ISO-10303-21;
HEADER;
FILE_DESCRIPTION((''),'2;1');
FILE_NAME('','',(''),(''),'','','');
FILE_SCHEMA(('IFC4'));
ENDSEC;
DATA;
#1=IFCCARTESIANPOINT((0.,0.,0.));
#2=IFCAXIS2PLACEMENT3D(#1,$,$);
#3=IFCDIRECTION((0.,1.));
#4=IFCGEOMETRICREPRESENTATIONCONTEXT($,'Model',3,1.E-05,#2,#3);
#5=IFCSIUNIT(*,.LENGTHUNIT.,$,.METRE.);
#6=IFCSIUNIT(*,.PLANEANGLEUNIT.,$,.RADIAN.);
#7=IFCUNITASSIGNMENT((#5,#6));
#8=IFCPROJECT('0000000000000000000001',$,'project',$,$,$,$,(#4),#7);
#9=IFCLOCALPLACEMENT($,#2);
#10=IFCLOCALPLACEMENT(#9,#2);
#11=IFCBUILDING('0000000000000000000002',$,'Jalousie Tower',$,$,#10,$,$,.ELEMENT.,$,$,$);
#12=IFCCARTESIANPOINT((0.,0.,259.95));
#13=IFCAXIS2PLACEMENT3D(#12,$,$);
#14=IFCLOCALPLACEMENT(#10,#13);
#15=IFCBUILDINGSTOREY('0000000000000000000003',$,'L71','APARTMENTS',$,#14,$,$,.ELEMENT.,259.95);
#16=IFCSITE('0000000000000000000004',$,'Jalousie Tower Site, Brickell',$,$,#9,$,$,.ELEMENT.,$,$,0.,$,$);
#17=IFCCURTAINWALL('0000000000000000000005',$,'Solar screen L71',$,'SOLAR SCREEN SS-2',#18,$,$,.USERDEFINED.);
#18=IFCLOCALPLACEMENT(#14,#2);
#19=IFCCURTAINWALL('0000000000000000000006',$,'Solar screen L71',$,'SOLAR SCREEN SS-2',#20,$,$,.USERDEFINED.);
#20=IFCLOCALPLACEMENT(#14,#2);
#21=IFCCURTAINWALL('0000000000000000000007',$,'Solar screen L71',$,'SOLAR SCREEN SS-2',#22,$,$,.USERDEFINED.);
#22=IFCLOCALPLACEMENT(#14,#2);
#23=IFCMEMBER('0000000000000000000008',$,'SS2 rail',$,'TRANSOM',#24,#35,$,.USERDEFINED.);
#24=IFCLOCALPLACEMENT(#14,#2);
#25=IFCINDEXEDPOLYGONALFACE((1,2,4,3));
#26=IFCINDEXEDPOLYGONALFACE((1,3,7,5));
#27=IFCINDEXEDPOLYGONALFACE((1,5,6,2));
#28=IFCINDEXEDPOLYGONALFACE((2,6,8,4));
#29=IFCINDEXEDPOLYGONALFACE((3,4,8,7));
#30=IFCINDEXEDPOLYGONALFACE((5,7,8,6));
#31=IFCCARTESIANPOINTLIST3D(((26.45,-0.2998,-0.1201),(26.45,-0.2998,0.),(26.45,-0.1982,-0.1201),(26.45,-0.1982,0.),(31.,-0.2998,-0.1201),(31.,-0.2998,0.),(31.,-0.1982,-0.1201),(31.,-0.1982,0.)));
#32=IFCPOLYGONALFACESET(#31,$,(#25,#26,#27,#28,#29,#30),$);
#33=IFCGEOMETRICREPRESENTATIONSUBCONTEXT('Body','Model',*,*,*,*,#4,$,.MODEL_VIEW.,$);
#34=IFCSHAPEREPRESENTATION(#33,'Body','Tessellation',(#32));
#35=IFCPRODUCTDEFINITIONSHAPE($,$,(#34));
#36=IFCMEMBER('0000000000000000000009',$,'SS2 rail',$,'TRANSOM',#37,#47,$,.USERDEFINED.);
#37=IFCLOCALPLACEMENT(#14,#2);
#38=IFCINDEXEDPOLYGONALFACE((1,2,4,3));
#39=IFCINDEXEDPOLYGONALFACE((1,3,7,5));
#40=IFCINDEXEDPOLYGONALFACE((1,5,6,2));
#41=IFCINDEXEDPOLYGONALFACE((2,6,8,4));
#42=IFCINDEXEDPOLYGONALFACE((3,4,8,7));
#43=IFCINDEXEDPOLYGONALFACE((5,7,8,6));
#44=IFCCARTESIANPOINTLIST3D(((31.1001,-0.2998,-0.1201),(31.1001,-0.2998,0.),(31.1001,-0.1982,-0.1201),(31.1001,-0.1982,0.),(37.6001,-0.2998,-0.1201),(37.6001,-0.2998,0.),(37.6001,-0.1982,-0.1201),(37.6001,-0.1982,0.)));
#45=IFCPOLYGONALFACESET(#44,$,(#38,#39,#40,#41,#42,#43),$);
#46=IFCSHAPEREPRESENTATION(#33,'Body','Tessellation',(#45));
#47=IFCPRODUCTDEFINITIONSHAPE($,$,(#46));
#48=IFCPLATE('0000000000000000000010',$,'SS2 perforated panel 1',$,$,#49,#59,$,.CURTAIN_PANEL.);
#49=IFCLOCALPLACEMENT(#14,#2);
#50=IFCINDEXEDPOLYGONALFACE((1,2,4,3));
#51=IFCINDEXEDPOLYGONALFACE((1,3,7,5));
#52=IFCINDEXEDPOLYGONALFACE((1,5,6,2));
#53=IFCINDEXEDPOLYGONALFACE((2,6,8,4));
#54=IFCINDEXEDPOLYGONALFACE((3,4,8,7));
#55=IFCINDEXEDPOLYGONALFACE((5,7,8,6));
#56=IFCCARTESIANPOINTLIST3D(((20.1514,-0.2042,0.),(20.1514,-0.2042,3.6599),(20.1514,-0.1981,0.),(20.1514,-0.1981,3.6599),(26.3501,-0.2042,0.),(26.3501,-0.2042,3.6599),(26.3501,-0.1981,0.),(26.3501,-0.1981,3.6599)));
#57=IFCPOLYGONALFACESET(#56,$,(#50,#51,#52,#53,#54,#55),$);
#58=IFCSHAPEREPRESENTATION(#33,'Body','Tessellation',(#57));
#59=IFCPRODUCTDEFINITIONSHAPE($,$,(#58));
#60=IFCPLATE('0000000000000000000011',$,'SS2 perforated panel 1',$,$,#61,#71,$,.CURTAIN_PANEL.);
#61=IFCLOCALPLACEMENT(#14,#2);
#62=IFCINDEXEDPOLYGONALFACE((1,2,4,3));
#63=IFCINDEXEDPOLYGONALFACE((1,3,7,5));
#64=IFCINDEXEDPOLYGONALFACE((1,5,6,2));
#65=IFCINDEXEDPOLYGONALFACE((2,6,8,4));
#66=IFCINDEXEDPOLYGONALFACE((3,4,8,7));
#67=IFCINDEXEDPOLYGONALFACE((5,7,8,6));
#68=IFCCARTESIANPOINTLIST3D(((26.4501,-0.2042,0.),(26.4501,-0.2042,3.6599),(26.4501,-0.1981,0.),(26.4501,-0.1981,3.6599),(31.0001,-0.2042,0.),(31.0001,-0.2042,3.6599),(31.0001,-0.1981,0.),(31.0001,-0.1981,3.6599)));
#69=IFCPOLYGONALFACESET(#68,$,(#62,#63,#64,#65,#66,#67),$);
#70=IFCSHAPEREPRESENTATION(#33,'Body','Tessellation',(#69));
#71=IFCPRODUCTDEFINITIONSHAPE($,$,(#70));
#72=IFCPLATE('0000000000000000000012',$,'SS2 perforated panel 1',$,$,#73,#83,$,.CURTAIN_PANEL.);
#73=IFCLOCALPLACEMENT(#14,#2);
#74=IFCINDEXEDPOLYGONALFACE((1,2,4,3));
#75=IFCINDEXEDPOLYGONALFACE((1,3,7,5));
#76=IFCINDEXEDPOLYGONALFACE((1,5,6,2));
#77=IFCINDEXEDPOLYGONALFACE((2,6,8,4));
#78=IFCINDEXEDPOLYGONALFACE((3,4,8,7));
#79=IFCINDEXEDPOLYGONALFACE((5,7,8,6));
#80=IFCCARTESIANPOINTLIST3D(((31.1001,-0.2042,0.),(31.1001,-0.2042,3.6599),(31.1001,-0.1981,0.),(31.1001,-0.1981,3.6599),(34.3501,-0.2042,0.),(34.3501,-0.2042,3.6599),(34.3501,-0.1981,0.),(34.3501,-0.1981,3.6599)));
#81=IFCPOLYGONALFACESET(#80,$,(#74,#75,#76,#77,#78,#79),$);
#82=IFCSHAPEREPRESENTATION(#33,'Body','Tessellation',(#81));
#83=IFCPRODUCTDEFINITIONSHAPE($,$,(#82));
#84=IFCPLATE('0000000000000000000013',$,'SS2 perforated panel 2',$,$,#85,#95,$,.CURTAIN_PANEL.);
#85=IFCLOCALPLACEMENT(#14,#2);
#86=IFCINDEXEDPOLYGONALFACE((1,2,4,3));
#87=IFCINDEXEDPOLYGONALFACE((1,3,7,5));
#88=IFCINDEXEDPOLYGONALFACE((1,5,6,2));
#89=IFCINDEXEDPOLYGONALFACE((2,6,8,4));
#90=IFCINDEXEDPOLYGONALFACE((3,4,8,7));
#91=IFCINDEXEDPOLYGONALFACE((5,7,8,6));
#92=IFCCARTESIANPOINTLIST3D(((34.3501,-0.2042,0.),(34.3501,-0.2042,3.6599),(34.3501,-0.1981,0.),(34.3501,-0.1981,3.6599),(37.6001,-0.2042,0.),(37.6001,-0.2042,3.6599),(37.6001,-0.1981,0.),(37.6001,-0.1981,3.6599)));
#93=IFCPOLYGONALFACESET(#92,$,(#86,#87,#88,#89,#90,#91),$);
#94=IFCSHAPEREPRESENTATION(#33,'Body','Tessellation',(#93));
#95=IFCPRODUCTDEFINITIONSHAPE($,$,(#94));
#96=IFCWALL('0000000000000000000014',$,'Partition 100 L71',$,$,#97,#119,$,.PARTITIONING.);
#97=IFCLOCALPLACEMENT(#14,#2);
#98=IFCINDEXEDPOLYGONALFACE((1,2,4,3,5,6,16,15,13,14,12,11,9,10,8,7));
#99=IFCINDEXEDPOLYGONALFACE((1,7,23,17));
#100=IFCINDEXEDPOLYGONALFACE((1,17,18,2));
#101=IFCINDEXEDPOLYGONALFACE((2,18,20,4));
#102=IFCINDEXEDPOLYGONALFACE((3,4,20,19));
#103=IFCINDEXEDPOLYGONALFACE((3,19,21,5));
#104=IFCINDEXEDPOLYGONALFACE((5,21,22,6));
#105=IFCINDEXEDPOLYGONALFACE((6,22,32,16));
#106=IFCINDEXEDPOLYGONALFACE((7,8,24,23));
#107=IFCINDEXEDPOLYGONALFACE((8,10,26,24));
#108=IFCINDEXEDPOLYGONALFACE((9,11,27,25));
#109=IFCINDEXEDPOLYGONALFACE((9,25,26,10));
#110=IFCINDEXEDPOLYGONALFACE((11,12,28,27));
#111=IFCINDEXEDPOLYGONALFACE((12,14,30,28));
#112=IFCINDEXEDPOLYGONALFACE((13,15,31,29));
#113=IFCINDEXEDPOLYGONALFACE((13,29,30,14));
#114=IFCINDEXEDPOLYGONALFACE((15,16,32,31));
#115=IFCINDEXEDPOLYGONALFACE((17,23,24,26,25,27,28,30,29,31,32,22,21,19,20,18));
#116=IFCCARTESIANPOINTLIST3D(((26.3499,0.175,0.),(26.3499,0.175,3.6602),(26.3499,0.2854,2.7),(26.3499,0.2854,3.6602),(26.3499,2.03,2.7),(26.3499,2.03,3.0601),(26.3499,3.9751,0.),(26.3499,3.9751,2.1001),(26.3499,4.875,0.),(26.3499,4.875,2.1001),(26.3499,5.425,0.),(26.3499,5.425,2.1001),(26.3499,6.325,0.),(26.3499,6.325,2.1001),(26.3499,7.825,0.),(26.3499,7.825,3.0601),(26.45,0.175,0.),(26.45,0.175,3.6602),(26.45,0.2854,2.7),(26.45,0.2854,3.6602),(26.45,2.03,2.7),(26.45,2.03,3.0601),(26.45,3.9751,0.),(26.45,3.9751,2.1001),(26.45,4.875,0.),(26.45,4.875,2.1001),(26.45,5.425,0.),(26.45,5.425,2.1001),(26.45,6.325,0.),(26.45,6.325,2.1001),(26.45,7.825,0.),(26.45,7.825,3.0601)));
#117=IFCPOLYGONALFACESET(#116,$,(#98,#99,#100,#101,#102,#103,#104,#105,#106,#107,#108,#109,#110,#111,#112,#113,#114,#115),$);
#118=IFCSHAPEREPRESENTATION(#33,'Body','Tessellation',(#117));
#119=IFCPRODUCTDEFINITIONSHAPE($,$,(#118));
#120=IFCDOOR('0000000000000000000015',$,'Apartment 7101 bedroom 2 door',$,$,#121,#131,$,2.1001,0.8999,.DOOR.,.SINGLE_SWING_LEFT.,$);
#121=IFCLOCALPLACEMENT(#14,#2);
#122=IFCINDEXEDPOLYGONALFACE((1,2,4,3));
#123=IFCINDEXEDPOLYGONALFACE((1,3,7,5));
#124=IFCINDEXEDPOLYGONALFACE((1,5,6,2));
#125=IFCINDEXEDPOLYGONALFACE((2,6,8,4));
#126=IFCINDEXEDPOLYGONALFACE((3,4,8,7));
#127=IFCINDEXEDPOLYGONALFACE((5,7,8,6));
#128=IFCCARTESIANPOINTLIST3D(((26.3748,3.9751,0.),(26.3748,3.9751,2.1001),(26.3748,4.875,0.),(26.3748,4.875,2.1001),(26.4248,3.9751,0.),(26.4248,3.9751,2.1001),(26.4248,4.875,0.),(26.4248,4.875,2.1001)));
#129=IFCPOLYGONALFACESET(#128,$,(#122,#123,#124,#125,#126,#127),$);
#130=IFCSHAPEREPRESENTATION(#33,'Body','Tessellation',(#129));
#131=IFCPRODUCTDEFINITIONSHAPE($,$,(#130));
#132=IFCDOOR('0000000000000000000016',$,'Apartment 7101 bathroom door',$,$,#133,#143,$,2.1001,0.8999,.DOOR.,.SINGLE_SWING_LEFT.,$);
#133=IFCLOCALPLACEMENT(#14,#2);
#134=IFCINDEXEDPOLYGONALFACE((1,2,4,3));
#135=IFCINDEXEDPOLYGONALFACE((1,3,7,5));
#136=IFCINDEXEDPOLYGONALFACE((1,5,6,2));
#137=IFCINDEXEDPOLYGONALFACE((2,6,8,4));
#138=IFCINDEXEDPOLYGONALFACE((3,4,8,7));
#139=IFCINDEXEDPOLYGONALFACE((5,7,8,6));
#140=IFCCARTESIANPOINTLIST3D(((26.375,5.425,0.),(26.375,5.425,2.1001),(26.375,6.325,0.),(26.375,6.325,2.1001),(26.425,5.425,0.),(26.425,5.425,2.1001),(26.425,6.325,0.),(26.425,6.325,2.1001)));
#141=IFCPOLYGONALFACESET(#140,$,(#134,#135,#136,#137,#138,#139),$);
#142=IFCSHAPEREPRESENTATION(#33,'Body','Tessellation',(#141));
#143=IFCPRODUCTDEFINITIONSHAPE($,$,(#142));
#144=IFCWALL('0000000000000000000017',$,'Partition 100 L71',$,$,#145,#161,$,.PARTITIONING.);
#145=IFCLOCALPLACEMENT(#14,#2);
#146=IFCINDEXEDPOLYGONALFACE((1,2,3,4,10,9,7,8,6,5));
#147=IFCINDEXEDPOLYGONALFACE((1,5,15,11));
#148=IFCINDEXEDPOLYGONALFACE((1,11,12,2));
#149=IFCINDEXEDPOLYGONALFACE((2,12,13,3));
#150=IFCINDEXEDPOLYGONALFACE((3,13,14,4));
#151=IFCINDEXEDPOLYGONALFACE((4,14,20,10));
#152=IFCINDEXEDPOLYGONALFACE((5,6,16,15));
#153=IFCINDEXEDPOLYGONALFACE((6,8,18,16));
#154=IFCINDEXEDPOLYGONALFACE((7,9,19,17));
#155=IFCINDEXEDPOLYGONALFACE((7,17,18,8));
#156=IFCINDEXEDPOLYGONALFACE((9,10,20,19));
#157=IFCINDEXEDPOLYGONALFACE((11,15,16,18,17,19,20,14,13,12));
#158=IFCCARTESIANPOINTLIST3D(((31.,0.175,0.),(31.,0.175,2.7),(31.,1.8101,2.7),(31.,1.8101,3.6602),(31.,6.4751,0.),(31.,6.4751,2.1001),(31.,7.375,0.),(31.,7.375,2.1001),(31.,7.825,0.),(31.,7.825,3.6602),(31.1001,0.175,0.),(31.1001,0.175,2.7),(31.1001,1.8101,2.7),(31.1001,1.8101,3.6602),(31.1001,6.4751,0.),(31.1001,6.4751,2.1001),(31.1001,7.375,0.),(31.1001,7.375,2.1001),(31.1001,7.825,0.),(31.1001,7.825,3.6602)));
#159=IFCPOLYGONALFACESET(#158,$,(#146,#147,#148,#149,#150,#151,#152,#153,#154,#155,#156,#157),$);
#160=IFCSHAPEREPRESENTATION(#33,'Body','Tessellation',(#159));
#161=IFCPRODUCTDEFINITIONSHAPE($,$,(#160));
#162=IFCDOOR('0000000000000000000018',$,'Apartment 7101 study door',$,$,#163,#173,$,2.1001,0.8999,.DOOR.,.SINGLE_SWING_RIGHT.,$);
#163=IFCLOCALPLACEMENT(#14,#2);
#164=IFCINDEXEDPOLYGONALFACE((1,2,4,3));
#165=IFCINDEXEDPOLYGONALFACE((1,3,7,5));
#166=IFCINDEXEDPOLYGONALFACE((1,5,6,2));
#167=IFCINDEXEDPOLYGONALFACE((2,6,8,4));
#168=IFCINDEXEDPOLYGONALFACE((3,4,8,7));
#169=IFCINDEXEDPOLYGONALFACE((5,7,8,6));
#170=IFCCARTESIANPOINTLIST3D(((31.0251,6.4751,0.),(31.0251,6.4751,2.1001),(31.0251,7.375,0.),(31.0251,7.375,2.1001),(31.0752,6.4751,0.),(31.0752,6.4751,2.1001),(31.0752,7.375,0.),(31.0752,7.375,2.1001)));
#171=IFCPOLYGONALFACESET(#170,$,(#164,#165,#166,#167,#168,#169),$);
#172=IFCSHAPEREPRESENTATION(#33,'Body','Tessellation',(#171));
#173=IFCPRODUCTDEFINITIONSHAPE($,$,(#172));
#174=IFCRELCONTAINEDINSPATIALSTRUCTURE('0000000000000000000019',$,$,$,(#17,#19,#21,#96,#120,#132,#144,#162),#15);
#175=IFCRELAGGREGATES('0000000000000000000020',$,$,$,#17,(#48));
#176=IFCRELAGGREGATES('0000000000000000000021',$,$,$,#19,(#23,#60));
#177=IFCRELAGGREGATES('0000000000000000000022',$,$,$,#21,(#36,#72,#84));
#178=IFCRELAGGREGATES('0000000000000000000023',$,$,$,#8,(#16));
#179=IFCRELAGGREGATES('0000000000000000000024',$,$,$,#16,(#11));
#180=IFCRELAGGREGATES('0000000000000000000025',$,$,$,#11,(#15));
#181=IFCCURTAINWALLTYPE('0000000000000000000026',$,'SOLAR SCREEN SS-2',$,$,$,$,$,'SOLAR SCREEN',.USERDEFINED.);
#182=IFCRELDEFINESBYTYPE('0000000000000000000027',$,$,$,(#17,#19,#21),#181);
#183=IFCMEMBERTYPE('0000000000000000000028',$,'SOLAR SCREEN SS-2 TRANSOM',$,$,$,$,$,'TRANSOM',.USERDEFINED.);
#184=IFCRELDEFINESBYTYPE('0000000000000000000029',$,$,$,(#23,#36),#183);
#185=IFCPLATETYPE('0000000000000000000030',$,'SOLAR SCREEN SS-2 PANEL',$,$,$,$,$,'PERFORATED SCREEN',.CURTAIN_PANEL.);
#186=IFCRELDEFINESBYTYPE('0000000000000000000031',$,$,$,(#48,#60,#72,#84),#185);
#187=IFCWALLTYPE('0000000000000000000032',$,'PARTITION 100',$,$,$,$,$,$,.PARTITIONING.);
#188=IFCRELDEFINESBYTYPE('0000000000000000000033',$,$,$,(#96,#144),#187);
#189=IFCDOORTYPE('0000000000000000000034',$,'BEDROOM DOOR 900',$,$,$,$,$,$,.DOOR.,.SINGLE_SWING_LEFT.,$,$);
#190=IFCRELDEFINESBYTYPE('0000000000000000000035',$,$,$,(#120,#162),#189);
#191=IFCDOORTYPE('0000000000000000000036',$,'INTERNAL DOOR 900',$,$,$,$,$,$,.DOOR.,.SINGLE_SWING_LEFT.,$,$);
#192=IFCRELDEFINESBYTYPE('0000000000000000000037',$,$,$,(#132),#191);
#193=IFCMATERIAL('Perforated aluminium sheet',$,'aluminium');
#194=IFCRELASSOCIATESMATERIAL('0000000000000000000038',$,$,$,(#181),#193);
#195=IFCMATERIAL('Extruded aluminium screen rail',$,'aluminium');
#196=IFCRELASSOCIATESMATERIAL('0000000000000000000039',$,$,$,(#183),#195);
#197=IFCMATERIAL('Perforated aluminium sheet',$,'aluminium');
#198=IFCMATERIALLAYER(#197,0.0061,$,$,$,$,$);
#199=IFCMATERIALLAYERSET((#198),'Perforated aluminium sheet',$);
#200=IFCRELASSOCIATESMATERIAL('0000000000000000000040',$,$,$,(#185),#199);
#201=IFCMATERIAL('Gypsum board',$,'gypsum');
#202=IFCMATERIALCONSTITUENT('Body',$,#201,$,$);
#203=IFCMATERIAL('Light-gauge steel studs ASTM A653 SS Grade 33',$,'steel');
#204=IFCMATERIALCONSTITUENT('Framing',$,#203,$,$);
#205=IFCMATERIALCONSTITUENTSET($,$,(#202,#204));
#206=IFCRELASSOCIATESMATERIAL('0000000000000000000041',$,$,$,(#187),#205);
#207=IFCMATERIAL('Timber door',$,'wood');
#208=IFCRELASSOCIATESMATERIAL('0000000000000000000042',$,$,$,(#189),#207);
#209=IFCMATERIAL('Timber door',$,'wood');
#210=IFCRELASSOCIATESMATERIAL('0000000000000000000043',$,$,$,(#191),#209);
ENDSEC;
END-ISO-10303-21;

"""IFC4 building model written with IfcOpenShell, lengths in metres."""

from ifc_helpers import new_model, si_unit, direction, frame, frame_2d, origin, origin_2d, place, context, subcontext, project, spatial, polyline, rectangle, outline, extrude, material, layer, layer_set, constituent, constituent_set, material_profile, profile_set, type_object, element, fill, aggregate, save


model = new_model("IFC4")

# Units and contexts
model_context = context("Model", 3, precision=1e-05, world=origin(), true_north=direction((0.0, 1.0)))
body_context = subcontext(model_context, "Body", "Model", "MODEL_VIEW")
ifc_project = project(units=[si_unit("LENGTHUNIT", "METRE"), si_unit("PLANEANGLEUNIT", "RADIAN")], contexts=[model_context])

# Site, building, storey
site_placement = place(None, origin())
site = spatial("IfcSite", under=ifc_project, at=site_placement, Name="Jalousie Tower Site, Brickell", CompositionType="ELEMENT", RefElevation=0.0)
building_placement = place(site_placement, origin())
building = spatial("IfcBuilding", under=site, at=building_placement, Name="Jalousie Tower", CompositionType="ELEMENT")
storey_placement = place(building_placement, frame((0.0, 0.0, 259.95)))
storey = spatial("IfcBuildingStorey", under=building, at=storey_placement, Name="L71", Description="APARTMENTS", CompositionType="ELEMENT", Elevation=259.95)

# Curtain wall
ifc_material_1 = material(Name="Perforated aluminium sheet", Category="aluminium")
curtain_wall_type = type_object("IfcCurtainWallType", Name="SOLAR SCREEN SS-2", ElementType="SOLAR SCREEN", PredefinedType="USERDEFINED", material=ifc_material_1)
curtain_wall_1_placement = place(storey_placement, origin())
curtain_wall_1 = element("IfcCurtainWall", 1, at=curtain_wall_1_placement, inside=storey, type_object=curtain_wall_type, Name="Solar screen L71", ObjectType="SOLAR SCREEN SS-2", PredefinedType="USERDEFINED")

# Curtain walls
curtain_wall_2_placement = place(storey_placement, origin())
curtain_wall_2 = element("IfcCurtainWall", 2, at=curtain_wall_2_placement, inside=storey, type_object=curtain_wall_type, Name="Solar screen L71", ObjectType="SOLAR SCREEN SS-2", PredefinedType="USERDEFINED")
curtain_wall_3_placement = place(storey_placement, origin())
curtain_wall_3 = element("IfcCurtainWall", 3, at=curtain_wall_3_placement, inside=storey, type_object=curtain_wall_type, Name="Solar screen L71", ObjectType="SOLAR SCREEN SS-2", PredefinedType="USERDEFINED")

# Members
ifc_material_2 = material(Name="Extruded aluminium screen rail", Category="aluminium")
ifc_material_profile_1 = material_profile(ifc_material_2, rectangle(XDim=0.1016, YDim=0.1201, at=origin_2d()), Name="RAIL 102x120")
ifc_profile_set_1 = profile_set([ifc_material_profile_1], Name="Extruded aluminium screen rail")
member_type_1 = type_object("IfcMemberType", Name="SOLAR SCREEN SS-2 TRANSOM", ElementType="TRANSOM", PredefinedType="USERDEFINED", material=ifc_profile_set_1)
member_1_placement = place(storey_placement, frame((26.45, -0.249, -0.0601), z_axis=(1.0, 0.0, 0.0), x_axis=(0.0, 1.0, 0.0)))
member_1 = element("IfcMember", 4, at=member_1_placement, type_object=member_type_1, Name="SS2 rail", ObjectType="TRANSOM", PredefinedType="USERDEFINED", context=body_context, shape_type="SweptSolid", body=[
    extrude(rectangle(XDim=0.1016, YDim=0.1201, at=origin_2d()), origin(), (0.0, 0.0, 1.0), 4.55),
])
member_2_placement = place(storey_placement, frame((31.1001, -0.249, -0.0601), z_axis=(1.0, 0.0, 0.0), x_axis=(0.0, 1.0, 0.0)))
member_2 = element("IfcMember", 5, at=member_2_placement, type_object=member_type_1, Name="SS2 rail", ObjectType="TRANSOM", PredefinedType="USERDEFINED", context=body_context, shape_type="SweptSolid", body=[
    extrude(rectangle(XDim=0.1016, YDim=0.1201, at=origin_2d()), origin(), (0.0, 0.0, 1.0), 6.5),
])

# Plates
ifc_material_3 = material(Name="Perforated aluminium sheet", Category="aluminium")
ifc_layer = layer(ifc_material_3, 0.0061)
ifc_layer_set = layer_set([ifc_layer], Name="Perforated aluminium sheet")
plate_type = type_object("IfcPlateType", Name="SOLAR SCREEN SS-2 PANEL", ElementType="PERFORATED SCREEN", PredefinedType="CURTAIN_PANEL", material=ifc_layer_set)
plate_1_placement = place(storey_placement, frame((23.2507, -0.2012, 0.0), z_axis=(0.0, 0.0, 1.0), x_axis=(1.0, 0.0, 0.0)))
plate_1 = element("IfcPlate", 6, at=plate_1_placement, type_object=plate_type, Name="SS2 perforated panel 1", PredefinedType="CURTAIN_PANEL", context=body_context, shape_type="SweptSolid", body=[
    extrude(rectangle(XDim=6.1987, YDim=0.0061, at=origin_2d()), origin(), (0.0, 0.0, 1.0), 3.6599),
])
aggregate(curtain_wall_1, [plate_1])
plate_2_placement = place(storey_placement, frame((28.7251, -0.2012, 0.0), z_axis=(0.0, 0.0, 1.0), x_axis=(1.0, 0.0, 0.0)))
plate_2 = element("IfcPlate", 7, at=plate_2_placement, type_object=plate_type, Name="SS2 perforated panel 1", PredefinedType="CURTAIN_PANEL", context=body_context, shape_type="SweptSolid", body=[
    extrude(rectangle(XDim=4.55, YDim=0.0061, at=origin_2d()), origin(), (0.0, 0.0, 1.0), 3.6599),
])
aggregate(curtain_wall_2, [member_1, plate_2])
plate_3_placement = place(storey_placement, frame((32.7251, -0.2012, 0.0), z_axis=(0.0, 0.0, 1.0), x_axis=(1.0, 0.0, 0.0)))
plate_3 = element("IfcPlate", 8, at=plate_3_placement, type_object=plate_type, Name="SS2 perforated panel 1", PredefinedType="CURTAIN_PANEL", context=body_context, shape_type="SweptSolid", body=[
    extrude(rectangle(XDim=3.25, YDim=0.0061, at=origin_2d()), origin(), (0.0, 0.0, 1.0), 3.6599),
])
plate_4_placement = place(storey_placement, frame((35.9751, -0.2012, 0.0), z_axis=(0.0, 0.0, 1.0), x_axis=(1.0, 0.0, 0.0)))
plate_4 = element("IfcPlate", 9, at=plate_4_placement, type_object=plate_type, Name="SS2 perforated panel 2", PredefinedType="CURTAIN_PANEL", context=body_context, shape_type="SweptSolid", body=[
    extrude(rectangle(XDim=3.25, YDim=0.0061, at=origin_2d()), origin(), (0.0, 0.0, 1.0), 3.6599),
])
aggregate(curtain_wall_3, [member_2, plate_3, plate_4])

# Wall, openings, doors
ifc_material_4 = material(Name="Gypsum board", Category="gypsum")
ifc_constituent_1 = constituent(ifc_material_4, Name="Body")
ifc_material_5 = material(Name="Light-gauge steel studs ASTM A653 SS Grade 33", Category="steel")
ifc_constituent_2 = constituent(ifc_material_5, Name="Framing")
ifc_constituent_set = constituent_set(constituents=[ifc_constituent_1, ifc_constituent_2])
wall_type = type_object("IfcWallType", Name="PARTITION 100", PredefinedType="PARTITIONING", material=ifc_constituent_set)
wall_1_placement = place(storey_placement, frame((26.3999, 0.175, 0.0), z_axis=(0.0, 0.0, 1.0), x_axis=(0.0, 1.0, 0.0)))
wall_1 = element("IfcWall", 10, at=wall_1_placement, inside=storey, type_object=wall_type, Name="Partition 100 L71", PredefinedType="PARTITIONING", context=body_context, shape_type="SweptSolid", body=[
    extrude(outline(polyline([(0.0, 0.0), (7.6499, 0.0), (7.6499, 3.6602), (7.6499, 3.0601), (1.855, 3.0601), (1.855, 2.7), (0.1104, 2.7), (0.1104, 3.6602), (0.0, 3.6602), (0.0, 0.0)])), frame((0.0, 0.05, 0.0), z_axis=(0.0, -1.0, 0.0), x_axis=(1.0, 0.0, 0.0)), (0.0, 0.0, 1.0), 0.1001),
])
opening_1_placement = place(wall_1_placement, frame((3.8, 0.0, 0.0)))
opening_1 = element("IfcOpeningElement", 11, at=opening_1_placement, cuts=wall_1, PredefinedType="OPENING", context=body_context, shape_type="SweptSolid", body=[
    extrude(rectangle(XDim=0.8999, YDim=2.1001, at=frame_2d((0.45, 1.05))), frame((0.0, 0.0601, 0.0), z_axis=(0.0, -1.0, 0.0), x_axis=(1.0, 0.0, 0.0)), (0.0, 0.0, 1.0), 0.1201),
])
opening_2_placement = place(wall_1_placement, frame((5.25, 0.0, 0.0)))
opening_2 = element("IfcOpeningElement", 12, at=opening_2_placement, cuts=wall_1, PredefinedType="OPENING", context=body_context, shape_type="SweptSolid", body=[
    extrude(rectangle(XDim=0.8999, YDim=2.1001, at=frame_2d((0.45, 1.05))), frame((0.0, 0.0601, 0.0), z_axis=(0.0, -1.0, 0.0), x_axis=(1.0, 0.0, 0.0)), (0.0, 0.0, 1.0), 0.1201),
])
ifc_material_6 = material(Name="Timber door", Category="wood")
door_type_1 = type_object("IfcDoorType", Name="BEDROOM DOOR 900", OperationType="SINGLE_SWING_LEFT", PredefinedType="DOOR", material=ifc_material_6)
door_1_placement = place(opening_1_placement, frame((0.8999, 0.0, 0.0), z_axis=(0.0, 0.0, 1.0), x_axis=(-1.0, 0.0, 0.0)))
door_1 = element("IfcDoor", 13, at=door_1_placement, inside=storey, type_object=door_type_1, Name="Apartment 7101 bedroom 2 door", OperationType="SINGLE_SWING_LEFT", OverallHeight=2.1001, OverallWidth=0.8999, PredefinedType="DOOR", context=body_context, shape_type="SweptSolid", body=[
    extrude(rectangle(XDim=0.8999, YDim=2.1001, at=frame_2d((0.45, 1.05))), frame((0.0, 0.0249, 0.0), z_axis=(0.0, -1.0, 0.0), x_axis=(1.0, 0.0, 0.0)), (0.0, 0.0, 1.0), 0.05),
])
fill(opening_1, door_1)
ifc_material_7 = material(Name="Timber door", Category="wood")
door_type_2 = type_object("IfcDoorType", Name="INTERNAL DOOR 900", OperationType="SINGLE_SWING_LEFT", PredefinedType="DOOR", material=ifc_material_7)
door_2_placement = place(opening_2_placement, origin())
door_2 = element("IfcDoor", 14, at=door_2_placement, inside=storey, type_object=door_type_2, Name="Apartment 7101 bathroom door", OperationType="SINGLE_SWING_LEFT", OverallHeight=2.1001, OverallWidth=0.8999, PredefinedType="DOOR", context=body_context, shape_type="SweptSolid", body=[
    extrude(rectangle(XDim=0.8999, YDim=2.1001, at=frame_2d((0.45, 1.05))), frame((0.0, 0.0249, 0.0), z_axis=(0.0, -1.0, 0.0), x_axis=(1.0, 0.0, 0.0)), (0.0, 0.0, 1.0), 0.05),
])
fill(opening_2, door_2)

# Wall, opening, door
wall_2_placement = place(storey_placement, frame((31.05, 0.175, 0.0), z_axis=(0.0, 0.0, 1.0), x_axis=(0.0, 1.0, 0.0)))
wall_2 = element("IfcWall", 15, at=wall_2_placement, inside=storey, type_object=wall_type, Name="Partition 100 L71", PredefinedType="PARTITIONING", context=body_context, shape_type="SweptSolid", body=[
    extrude(outline(polyline([(0.0, 0.0), (7.6499, 0.0), (7.6499, 3.6602), (1.635, 3.6602), (1.635, 2.7), (0.0, 2.7), (0.0, 3.6602), (0.0, 0.0)])), frame((0.0, 0.05, 0.0), z_axis=(0.0, -1.0, 0.0), x_axis=(1.0, 0.0, 0.0)), (0.0, 0.0, 1.0), 0.1001),
])
opening_3_placement = place(wall_2_placement, frame((6.3, 0.0, 0.0)))
opening_3 = element("IfcOpeningElement", 16, at=opening_3_placement, cuts=wall_2, PredefinedType="OPENING", context=body_context, shape_type="SweptSolid", body=[
    extrude(rectangle(XDim=0.8999, YDim=2.1001, at=frame_2d((0.45, 1.05))), frame((0.0, 0.0601, 0.0), z_axis=(0.0, -1.0, 0.0), x_axis=(1.0, 0.0, 0.0)), (0.0, 0.0, 1.0), 0.1201),
])
door_3_placement = place(opening_3_placement, origin())
door_3 = element("IfcDoor", 17, at=door_3_placement, inside=storey, type_object=door_type_1, Name="Apartment 7101 study door", OperationType="SINGLE_SWING_RIGHT", OverallHeight=2.1001, OverallWidth=0.8999, PredefinedType="DOOR", context=body_context, shape_type="SweptSolid", body=[
    extrude(rectangle(XDim=0.8999, YDim=2.1001, at=frame_2d((0.45, 1.05))), frame((0.0, 0.0249, 0.0), z_axis=(0.0, -1.0, 0.0), x_axis=(1.0, 0.0, 0.0)), (0.0, 0.0, 1.0), 0.05),
])
fill(opening_3, door_3)

save(model, "model.ifc")
